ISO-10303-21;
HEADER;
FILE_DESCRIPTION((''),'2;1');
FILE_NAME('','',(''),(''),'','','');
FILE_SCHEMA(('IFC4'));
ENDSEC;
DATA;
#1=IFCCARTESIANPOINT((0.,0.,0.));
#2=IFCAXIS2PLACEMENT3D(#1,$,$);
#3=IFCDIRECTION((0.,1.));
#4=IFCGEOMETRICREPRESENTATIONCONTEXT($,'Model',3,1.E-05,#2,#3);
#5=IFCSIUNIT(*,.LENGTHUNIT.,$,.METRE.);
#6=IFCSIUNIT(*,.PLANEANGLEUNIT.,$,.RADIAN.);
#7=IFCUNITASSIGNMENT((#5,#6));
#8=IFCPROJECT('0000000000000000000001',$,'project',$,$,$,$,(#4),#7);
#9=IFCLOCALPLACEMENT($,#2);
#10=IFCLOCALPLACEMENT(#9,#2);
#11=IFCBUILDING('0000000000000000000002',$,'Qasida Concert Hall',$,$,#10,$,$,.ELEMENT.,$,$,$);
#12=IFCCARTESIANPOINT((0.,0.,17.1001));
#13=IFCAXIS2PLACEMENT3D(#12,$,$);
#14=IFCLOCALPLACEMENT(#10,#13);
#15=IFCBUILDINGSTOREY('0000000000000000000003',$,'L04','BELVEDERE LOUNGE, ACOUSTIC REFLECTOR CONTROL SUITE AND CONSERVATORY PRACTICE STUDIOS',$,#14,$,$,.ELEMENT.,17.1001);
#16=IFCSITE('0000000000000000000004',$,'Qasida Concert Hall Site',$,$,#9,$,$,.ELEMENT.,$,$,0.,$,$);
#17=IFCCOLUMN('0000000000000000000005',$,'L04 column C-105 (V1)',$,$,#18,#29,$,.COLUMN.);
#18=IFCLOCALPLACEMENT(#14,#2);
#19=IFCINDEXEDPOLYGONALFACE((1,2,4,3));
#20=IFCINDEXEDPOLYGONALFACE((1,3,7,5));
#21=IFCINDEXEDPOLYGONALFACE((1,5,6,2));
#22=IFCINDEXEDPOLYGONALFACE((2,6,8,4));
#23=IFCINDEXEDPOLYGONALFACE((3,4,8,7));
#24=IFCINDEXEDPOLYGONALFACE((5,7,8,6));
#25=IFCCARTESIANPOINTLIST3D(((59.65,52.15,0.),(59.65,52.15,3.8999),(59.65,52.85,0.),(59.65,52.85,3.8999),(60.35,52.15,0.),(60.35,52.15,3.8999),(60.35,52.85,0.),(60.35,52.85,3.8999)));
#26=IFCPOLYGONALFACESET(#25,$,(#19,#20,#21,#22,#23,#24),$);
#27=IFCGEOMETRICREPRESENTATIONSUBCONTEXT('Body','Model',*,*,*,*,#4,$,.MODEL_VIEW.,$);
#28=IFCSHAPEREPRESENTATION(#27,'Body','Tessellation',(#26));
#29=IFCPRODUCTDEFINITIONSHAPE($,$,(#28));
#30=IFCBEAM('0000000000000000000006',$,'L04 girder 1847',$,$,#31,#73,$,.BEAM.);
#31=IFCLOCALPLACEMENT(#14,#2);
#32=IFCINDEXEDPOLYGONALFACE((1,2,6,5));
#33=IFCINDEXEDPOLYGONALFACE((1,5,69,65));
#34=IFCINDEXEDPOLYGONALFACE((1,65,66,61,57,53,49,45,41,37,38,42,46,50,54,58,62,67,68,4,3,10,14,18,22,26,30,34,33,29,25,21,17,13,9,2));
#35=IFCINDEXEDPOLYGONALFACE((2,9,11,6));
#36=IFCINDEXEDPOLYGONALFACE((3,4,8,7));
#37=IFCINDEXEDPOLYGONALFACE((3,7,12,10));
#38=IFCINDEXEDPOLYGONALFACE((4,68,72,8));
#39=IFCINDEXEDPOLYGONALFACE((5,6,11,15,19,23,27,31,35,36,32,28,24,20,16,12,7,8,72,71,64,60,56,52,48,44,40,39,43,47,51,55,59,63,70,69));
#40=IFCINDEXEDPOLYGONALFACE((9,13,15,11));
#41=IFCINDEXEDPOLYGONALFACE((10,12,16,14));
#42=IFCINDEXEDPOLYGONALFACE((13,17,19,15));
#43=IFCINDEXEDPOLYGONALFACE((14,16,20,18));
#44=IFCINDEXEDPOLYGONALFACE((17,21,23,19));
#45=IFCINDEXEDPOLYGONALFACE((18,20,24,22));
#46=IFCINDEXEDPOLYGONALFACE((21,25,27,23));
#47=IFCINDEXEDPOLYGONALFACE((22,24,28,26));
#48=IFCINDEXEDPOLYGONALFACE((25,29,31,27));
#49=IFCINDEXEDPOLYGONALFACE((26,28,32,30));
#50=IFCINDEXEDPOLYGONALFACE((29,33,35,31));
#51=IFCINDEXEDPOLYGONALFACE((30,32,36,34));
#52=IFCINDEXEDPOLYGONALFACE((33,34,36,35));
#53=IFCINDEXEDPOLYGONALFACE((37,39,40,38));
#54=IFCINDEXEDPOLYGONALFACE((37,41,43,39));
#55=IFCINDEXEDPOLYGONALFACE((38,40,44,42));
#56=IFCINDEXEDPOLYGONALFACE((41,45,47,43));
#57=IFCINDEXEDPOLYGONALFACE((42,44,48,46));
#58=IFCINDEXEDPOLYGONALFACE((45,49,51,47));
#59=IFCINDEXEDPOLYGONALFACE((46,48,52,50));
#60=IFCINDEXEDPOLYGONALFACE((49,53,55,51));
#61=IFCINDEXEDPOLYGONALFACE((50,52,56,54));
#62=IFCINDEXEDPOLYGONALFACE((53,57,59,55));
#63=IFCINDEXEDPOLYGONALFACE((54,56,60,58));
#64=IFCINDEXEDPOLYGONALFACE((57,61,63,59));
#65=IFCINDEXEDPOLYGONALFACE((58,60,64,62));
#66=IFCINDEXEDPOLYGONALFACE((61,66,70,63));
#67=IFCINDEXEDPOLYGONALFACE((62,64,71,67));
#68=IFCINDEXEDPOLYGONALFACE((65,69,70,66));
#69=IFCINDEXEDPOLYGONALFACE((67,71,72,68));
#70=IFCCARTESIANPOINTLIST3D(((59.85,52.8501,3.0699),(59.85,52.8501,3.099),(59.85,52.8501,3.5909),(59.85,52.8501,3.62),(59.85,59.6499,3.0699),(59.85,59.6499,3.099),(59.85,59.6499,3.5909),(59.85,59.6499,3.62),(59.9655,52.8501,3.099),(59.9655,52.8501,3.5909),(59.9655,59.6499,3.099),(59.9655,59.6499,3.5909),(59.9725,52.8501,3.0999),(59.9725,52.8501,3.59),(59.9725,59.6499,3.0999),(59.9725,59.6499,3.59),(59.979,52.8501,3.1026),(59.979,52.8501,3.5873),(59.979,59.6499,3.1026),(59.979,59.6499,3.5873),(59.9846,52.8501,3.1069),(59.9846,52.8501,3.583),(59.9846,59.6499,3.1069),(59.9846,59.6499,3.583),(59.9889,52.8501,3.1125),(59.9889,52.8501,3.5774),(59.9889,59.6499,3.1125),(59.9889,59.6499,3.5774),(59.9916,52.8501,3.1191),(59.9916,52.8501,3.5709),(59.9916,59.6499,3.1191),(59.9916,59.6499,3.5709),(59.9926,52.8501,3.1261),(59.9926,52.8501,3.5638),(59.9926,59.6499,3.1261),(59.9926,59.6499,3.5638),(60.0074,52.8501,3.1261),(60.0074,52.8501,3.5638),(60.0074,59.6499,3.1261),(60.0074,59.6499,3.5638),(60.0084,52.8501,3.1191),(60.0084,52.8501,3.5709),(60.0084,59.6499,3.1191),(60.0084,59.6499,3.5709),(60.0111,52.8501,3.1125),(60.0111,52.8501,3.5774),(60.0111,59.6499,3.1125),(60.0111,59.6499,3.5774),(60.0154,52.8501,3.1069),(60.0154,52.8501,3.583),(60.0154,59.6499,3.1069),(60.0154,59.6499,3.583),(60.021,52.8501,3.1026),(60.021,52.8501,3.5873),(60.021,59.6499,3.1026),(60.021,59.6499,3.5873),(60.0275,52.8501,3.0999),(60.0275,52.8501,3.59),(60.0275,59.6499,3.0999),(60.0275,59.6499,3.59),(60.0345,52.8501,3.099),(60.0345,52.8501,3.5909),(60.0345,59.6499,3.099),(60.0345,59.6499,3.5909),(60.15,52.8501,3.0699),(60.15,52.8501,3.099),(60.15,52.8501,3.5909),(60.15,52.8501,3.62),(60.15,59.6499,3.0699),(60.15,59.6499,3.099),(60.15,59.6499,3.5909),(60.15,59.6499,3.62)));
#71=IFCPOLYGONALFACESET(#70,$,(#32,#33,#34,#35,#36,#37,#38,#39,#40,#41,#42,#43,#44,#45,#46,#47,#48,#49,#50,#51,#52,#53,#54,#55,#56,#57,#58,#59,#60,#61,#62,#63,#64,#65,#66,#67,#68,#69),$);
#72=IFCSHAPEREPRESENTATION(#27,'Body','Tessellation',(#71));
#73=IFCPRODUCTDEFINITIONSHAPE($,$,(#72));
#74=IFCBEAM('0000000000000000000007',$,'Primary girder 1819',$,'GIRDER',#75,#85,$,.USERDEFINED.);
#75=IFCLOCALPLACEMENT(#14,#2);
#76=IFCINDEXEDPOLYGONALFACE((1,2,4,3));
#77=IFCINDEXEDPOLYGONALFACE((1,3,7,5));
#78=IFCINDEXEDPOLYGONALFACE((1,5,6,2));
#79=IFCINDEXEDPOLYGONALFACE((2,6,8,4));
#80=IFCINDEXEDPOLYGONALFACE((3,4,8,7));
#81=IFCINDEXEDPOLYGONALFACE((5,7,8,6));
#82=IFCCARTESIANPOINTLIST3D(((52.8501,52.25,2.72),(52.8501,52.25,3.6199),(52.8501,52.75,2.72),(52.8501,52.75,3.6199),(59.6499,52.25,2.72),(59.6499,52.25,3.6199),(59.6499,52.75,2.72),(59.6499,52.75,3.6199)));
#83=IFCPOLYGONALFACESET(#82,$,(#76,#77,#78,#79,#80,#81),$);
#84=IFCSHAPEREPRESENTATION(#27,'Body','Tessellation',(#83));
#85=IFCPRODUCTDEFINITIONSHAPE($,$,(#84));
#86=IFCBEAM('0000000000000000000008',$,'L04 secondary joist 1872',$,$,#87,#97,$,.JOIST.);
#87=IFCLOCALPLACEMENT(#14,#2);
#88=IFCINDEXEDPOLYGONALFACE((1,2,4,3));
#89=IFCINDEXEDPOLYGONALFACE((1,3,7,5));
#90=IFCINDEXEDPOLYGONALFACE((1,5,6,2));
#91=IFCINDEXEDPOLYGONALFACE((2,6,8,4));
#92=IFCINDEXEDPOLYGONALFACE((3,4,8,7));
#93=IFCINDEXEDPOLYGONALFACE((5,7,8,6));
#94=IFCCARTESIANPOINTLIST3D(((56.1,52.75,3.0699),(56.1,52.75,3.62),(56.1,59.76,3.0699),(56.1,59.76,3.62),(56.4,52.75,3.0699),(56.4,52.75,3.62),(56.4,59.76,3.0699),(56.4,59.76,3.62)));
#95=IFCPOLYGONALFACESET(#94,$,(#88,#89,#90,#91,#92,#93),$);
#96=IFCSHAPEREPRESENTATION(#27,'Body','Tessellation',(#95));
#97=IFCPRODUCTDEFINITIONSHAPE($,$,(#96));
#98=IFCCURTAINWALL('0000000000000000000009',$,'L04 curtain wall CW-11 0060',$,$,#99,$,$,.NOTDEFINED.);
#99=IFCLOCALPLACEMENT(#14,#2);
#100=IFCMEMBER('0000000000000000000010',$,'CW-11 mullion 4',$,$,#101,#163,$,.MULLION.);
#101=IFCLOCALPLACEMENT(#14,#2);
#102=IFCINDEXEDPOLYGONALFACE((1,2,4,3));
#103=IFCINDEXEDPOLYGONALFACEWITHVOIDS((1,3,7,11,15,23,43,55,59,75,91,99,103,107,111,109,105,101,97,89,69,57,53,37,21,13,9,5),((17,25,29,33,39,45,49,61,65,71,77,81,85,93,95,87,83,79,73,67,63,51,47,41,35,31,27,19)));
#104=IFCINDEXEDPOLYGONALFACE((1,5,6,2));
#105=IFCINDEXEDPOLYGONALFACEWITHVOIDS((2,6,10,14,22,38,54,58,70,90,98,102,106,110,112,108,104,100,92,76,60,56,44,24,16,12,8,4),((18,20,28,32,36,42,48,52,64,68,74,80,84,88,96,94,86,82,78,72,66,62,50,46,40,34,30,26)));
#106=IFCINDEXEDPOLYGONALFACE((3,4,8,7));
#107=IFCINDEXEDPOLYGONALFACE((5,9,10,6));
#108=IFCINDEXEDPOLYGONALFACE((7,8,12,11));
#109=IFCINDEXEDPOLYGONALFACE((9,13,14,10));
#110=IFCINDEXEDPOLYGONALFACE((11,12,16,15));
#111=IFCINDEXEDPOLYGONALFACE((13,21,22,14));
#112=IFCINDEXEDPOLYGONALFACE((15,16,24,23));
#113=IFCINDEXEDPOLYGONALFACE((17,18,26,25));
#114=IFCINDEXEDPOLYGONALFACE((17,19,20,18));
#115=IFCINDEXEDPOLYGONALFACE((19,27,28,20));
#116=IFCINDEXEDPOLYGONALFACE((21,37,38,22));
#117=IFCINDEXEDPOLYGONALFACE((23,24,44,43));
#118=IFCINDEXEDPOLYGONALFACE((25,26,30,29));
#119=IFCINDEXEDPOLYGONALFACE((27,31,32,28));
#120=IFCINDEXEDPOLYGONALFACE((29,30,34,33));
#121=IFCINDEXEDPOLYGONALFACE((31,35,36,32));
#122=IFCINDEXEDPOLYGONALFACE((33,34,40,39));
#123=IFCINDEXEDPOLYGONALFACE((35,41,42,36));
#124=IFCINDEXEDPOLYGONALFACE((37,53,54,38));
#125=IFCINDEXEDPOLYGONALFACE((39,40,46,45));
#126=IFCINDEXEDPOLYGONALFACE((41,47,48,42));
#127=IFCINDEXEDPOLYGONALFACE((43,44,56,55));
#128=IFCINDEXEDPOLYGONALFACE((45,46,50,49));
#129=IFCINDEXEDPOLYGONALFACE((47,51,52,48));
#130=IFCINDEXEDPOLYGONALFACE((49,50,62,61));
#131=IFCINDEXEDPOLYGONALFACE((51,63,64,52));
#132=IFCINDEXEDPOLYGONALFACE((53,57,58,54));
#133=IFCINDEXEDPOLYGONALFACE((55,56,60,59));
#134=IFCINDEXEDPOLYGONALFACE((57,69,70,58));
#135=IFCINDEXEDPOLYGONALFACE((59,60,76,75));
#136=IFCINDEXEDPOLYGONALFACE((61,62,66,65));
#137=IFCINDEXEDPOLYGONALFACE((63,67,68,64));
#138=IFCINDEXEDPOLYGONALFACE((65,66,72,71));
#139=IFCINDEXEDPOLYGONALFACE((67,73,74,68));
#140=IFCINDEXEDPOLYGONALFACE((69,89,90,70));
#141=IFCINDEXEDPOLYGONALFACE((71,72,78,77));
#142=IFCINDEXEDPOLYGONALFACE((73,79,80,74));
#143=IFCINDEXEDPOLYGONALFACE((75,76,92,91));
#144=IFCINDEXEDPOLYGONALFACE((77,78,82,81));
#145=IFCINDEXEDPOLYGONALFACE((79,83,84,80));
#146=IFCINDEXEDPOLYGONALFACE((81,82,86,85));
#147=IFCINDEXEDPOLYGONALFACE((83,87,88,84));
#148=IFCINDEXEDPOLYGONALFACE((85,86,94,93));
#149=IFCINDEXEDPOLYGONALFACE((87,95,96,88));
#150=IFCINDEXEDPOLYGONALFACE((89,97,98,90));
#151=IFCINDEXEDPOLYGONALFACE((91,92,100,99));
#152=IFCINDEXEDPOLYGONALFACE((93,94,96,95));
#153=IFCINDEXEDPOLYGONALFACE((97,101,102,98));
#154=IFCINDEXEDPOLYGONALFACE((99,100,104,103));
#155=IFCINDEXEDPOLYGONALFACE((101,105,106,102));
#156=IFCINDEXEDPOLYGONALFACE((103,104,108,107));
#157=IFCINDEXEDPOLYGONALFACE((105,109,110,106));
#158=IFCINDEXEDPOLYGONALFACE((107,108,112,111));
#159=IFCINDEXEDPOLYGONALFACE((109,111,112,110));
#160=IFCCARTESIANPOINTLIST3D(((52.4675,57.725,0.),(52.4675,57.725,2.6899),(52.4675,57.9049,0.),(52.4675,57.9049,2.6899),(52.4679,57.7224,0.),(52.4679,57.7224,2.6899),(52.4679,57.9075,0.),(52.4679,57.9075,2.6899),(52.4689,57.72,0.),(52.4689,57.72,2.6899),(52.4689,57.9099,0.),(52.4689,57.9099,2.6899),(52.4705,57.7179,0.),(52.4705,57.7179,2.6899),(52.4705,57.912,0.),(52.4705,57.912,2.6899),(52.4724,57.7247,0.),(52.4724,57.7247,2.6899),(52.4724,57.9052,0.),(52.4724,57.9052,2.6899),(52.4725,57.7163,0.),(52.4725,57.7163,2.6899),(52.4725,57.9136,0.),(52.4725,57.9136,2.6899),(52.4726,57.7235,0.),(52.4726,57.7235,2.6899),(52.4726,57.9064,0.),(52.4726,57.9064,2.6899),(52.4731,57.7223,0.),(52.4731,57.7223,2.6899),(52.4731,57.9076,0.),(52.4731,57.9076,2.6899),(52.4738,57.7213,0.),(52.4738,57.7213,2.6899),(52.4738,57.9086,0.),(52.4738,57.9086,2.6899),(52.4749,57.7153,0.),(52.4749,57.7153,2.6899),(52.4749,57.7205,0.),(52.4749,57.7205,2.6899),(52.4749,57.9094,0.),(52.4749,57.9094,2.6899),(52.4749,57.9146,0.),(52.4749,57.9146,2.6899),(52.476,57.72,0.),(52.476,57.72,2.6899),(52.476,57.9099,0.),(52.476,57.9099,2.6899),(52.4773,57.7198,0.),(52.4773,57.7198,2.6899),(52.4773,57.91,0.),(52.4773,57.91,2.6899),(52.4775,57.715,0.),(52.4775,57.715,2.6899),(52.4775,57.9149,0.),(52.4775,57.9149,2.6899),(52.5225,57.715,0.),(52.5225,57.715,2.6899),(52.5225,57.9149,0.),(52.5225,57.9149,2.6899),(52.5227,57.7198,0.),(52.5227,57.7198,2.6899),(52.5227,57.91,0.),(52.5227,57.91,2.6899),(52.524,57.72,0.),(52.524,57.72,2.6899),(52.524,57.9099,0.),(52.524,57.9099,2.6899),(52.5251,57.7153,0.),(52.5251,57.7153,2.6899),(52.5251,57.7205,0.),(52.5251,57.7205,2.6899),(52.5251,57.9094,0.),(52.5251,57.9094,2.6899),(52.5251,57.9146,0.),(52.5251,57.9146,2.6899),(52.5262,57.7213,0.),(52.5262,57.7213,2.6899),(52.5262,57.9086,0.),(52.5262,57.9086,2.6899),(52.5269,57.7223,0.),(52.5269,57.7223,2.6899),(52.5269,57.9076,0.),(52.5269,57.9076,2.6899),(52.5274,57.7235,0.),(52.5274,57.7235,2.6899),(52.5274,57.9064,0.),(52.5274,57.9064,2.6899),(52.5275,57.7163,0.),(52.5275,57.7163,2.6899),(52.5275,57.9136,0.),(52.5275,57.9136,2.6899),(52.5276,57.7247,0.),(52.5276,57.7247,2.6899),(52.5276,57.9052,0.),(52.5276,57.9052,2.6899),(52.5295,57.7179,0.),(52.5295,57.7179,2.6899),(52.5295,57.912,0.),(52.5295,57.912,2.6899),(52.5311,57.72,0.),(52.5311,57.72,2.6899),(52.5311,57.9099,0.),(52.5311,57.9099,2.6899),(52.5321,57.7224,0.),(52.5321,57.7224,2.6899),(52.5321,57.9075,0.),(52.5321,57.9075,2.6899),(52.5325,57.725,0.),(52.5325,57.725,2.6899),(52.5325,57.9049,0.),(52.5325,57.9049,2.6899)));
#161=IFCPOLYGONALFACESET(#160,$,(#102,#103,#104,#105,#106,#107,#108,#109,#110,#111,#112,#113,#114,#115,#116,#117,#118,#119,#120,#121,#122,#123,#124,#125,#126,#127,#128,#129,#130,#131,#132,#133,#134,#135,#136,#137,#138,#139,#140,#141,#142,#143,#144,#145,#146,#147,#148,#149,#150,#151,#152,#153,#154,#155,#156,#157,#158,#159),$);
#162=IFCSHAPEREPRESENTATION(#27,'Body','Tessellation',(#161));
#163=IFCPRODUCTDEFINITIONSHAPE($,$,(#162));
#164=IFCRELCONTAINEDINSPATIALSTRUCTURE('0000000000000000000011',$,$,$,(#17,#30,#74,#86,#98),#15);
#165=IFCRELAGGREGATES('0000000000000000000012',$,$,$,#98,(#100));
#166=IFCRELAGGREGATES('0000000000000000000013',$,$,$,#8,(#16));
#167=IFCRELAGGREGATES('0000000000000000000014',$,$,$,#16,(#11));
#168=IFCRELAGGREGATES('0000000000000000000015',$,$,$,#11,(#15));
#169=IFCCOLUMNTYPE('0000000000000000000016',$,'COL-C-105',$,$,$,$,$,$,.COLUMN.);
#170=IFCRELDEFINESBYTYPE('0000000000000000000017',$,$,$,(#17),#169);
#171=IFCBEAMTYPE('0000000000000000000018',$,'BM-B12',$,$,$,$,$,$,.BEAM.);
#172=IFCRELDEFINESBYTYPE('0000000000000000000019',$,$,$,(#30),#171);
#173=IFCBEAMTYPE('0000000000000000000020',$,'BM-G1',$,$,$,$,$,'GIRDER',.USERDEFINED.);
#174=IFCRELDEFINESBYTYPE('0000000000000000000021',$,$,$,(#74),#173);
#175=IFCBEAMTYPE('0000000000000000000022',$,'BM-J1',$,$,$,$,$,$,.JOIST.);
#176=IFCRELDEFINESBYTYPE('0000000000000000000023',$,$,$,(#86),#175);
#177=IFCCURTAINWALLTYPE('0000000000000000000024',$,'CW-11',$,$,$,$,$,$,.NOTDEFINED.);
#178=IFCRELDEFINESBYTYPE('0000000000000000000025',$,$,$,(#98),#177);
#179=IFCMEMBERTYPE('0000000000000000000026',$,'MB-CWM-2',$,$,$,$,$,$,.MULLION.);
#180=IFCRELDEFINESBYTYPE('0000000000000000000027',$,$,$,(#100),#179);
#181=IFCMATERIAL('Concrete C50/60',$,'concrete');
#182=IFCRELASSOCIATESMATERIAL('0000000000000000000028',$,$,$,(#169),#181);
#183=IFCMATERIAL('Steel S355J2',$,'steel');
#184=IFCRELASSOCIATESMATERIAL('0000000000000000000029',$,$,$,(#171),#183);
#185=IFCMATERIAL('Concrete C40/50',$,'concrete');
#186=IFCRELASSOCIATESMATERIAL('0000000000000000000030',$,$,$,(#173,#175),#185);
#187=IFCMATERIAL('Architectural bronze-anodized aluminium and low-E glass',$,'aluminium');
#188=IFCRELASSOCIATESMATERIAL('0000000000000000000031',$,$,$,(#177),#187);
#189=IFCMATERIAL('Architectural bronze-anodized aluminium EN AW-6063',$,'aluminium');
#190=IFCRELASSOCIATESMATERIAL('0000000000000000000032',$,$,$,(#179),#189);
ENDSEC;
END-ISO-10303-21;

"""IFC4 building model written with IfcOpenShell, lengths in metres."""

from ifc_helpers import new_model, si_unit, direction, frame, origin, origin_2d, place, context, subcontext, project, spatial, rectangle, hollow_rectangle, i_section, extrude, material, material_profile, profile_set, type_object, element, aggregate, save


model = new_model("IFC4")

# Units and contexts
model_context = context("Model", 3, precision=1e-05, world=origin(), true_north=direction((0.0, 1.0)))
body_context = subcontext(model_context, "Body", "Model", "MODEL_VIEW")
ifc_project = project(units=[si_unit("LENGTHUNIT", "METRE"), si_unit("PLANEANGLEUNIT", "RADIAN")], contexts=[model_context])

# Site, building, storey
site_placement = place(None, origin())
site = spatial("IfcSite", under=ifc_project, at=site_placement, Name="Qasida Concert Hall Site", CompositionType="ELEMENT", RefElevation=0.0)
building_placement = place(site_placement, origin())
building = spatial("IfcBuilding", under=site, at=building_placement, Name="Qasida Concert Hall", CompositionType="ELEMENT")
storey_placement = place(building_placement, frame((0.0, 0.0, 17.1001)))
storey = spatial("IfcBuildingStorey", under=building, at=storey_placement, Name="L04", Description="BELVEDERE LOUNGE, ACOUSTIC REFLECTOR CONTROL SUITE AND CONSERVATORY PRACTICE STUDIOS", CompositionType="ELEMENT", Elevation=17.1001)

# Column
ifc_material_1 = material(Name="Concrete C50/60", Category="concrete")
ifc_material_profile_1 = material_profile(ifc_material_1, rectangle(XDim=0.7, YDim=0.7, at=origin_2d()), Name="RC 700x700")
ifc_profile_set_1 = profile_set([ifc_material_profile_1], Name="Concrete C50/60")
column_type = type_object("IfcColumnType", Name="COL-C-105", PredefinedType="COLUMN", material=ifc_profile_set_1)
column_placement = place(storey_placement, frame((60.0, 52.5, 0.0), z_axis=(0.0, 0.0, 1.0), x_axis=(1.0, 0.0, 0.0)))
element("IfcColumn", 1, at=column_placement, inside=storey, type_object=column_type, Name="L04 column C-105 (V1)", PredefinedType="COLUMN", context=body_context, shape_type="SweptSolid", body=[
    extrude(rectangle(XDim=0.7, YDim=0.7, at=origin_2d()), origin(), (0.0, 0.0, 1.0), 3.8999),
])

# Beams
ifc_material_2 = material(Name="Steel S355J2", Category="steel")
ifc_material_profile_2 = material_profile(ifc_material_2, i_section(OverallWidth=0.3, OverallDepth=0.55, WebThickness=0.0149, FlangeThickness=0.0291, FilletRadius=0.0271, at=origin_2d()), Name="HEB 550")
ifc_profile_set_2 = profile_set([ifc_material_profile_2], Name="Steel S355J2")
beam_type_1 = type_object("IfcBeamType", Name="BM-B12", PredefinedType="BEAM", material=ifc_profile_set_2)
beam_1_placement = place(storey_placement, frame((60.0, 52.8501, 3.345), z_axis=(0.0, 1.0, 0.0), x_axis=(-1.0, 0.0, 0.0)))
element("IfcBeam", 2, at=beam_1_placement, inside=storey, type_object=beam_type_1, Name="L04 girder 1847", PredefinedType="BEAM", context=body_context, shape_type="SweptSolid", body=[
    extrude(i_section(OverallWidth=0.3, OverallDepth=0.55, WebThickness=0.0149, FlangeThickness=0.0291, FilletRadius=0.0271, at=origin_2d()), origin(), (0.0, 0.0, 1.0), 6.7998),
])
ifc_material_3 = material(Name="Concrete C40/50", Category="concrete")
ifc_material_profile_3 = material_profile(ifc_material_3, rectangle(XDim=0.5, YDim=0.8999, at=origin_2d()), Name="RC 500x900")
ifc_profile_set_3 = profile_set([ifc_material_profile_3], Name="Concrete C40/50")
beam_type_2 = type_object("IfcBeamType", Name="BM-G1", ElementType="GIRDER", PredefinedType="USERDEFINED", material=ifc_profile_set_3)
beam_2_placement = place(storey_placement, frame((52.8501, 52.5, 3.1699), z_axis=(1.0, 0.0, 0.0), x_axis=(0.0, 1.0, 0.0)))
element("IfcBeam", 3, at=beam_2_placement, inside=storey, type_object=beam_type_2, Name="Primary girder 1819", ObjectType="GIRDER", PredefinedType="USERDEFINED", context=body_context, shape_type="SweptSolid", body=[
    extrude(rectangle(XDim=0.5, YDim=0.8999, at=origin_2d()), origin(), (0.0, 0.0, 1.0), 6.7998),
])
ifc_material_profile_4 = material_profile(ifc_material_3, rectangle(XDim=0.3, YDim=0.55, at=origin_2d()), Name="RC 300x550")
ifc_profile_set_4 = profile_set([ifc_material_profile_4], Name="Concrete C40/50")
beam_type_3 = type_object("IfcBeamType", Name="BM-J1", PredefinedType="JOIST", material=ifc_profile_set_4)
beam_3_placement = place(storey_placement, frame((56.25, 52.75, 3.345), z_axis=(0.0, 1.0, 0.0), x_axis=(-1.0, 0.0, 0.0)))
element("IfcBeam", 4, at=beam_3_placement, inside=storey, type_object=beam_type_3, Name="L04 secondary joist 1872", PredefinedType="JOIST", context=body_context, shape_type="SweptSolid", body=[
    extrude(rectangle(XDim=0.3, YDim=0.55, at=origin_2d()), origin(), (0.0, 0.0, 1.0), 7.01),
])

# Curtain wall, member
ifc_material_4 = material(Name="Architectural bronze-anodized aluminium and low-E glass", Category="aluminium")
curtain_wall_type = type_object("IfcCurtainWallType", Name="CW-11", PredefinedType="NOTDEFINED", material=ifc_material_4)
curtain_wall_placement = place(storey_placement, origin())
curtain_wall = element("IfcCurtainWall", 5, at=curtain_wall_placement, inside=storey, type_object=curtain_wall_type, Name="L04 curtain wall CW-11 0060", PredefinedType="NOTDEFINED")
ifc_material_5 = material(Name="Architectural bronze-anodized aluminium EN AW-6063", Category="aluminium")
ifc_material_profile_5 = material_profile(ifc_material_5, hollow_rectangle(XDim=0.0649, YDim=0.2, WallThickness=0.0049, InnerFilletRadius=0.0049, OuterFilletRadius=0.01, at=origin_2d()), Name="CWM 200x65x5")
ifc_profile_set_5 = profile_set([ifc_material_profile_5], Name="Architectural bronze-anodized aluminium EN AW-6063")
member_type_1 = type_object("IfcMemberType", Name="MB-CWM-2", PredefinedType="MULLION", material=ifc_profile_set_5)
member_1_placement = place(storey_placement, frame((52.5, 57.8149, 0.0), z_axis=(0.0, 0.0, 1.0), x_axis=(-1.0, 0.0, 0.0)))
member_1 = element("IfcMember", 6, at=member_1_placement, type_object=member_type_1, Name="CW-11 mullion 4", PredefinedType="MULLION", context=body_context, shape_type="SweptSolid", body=[
    extrude(hollow_rectangle(XDim=0.0649, YDim=0.2, WallThickness=0.0049, InnerFilletRadius=0.0049, OuterFilletRadius=0.01, at=origin_2d()), origin(), (0.0, 0.0, 1.0), 2.6899),
])
aggregate(curtain_wall, [member_1])

save(model, "model.ifc")
